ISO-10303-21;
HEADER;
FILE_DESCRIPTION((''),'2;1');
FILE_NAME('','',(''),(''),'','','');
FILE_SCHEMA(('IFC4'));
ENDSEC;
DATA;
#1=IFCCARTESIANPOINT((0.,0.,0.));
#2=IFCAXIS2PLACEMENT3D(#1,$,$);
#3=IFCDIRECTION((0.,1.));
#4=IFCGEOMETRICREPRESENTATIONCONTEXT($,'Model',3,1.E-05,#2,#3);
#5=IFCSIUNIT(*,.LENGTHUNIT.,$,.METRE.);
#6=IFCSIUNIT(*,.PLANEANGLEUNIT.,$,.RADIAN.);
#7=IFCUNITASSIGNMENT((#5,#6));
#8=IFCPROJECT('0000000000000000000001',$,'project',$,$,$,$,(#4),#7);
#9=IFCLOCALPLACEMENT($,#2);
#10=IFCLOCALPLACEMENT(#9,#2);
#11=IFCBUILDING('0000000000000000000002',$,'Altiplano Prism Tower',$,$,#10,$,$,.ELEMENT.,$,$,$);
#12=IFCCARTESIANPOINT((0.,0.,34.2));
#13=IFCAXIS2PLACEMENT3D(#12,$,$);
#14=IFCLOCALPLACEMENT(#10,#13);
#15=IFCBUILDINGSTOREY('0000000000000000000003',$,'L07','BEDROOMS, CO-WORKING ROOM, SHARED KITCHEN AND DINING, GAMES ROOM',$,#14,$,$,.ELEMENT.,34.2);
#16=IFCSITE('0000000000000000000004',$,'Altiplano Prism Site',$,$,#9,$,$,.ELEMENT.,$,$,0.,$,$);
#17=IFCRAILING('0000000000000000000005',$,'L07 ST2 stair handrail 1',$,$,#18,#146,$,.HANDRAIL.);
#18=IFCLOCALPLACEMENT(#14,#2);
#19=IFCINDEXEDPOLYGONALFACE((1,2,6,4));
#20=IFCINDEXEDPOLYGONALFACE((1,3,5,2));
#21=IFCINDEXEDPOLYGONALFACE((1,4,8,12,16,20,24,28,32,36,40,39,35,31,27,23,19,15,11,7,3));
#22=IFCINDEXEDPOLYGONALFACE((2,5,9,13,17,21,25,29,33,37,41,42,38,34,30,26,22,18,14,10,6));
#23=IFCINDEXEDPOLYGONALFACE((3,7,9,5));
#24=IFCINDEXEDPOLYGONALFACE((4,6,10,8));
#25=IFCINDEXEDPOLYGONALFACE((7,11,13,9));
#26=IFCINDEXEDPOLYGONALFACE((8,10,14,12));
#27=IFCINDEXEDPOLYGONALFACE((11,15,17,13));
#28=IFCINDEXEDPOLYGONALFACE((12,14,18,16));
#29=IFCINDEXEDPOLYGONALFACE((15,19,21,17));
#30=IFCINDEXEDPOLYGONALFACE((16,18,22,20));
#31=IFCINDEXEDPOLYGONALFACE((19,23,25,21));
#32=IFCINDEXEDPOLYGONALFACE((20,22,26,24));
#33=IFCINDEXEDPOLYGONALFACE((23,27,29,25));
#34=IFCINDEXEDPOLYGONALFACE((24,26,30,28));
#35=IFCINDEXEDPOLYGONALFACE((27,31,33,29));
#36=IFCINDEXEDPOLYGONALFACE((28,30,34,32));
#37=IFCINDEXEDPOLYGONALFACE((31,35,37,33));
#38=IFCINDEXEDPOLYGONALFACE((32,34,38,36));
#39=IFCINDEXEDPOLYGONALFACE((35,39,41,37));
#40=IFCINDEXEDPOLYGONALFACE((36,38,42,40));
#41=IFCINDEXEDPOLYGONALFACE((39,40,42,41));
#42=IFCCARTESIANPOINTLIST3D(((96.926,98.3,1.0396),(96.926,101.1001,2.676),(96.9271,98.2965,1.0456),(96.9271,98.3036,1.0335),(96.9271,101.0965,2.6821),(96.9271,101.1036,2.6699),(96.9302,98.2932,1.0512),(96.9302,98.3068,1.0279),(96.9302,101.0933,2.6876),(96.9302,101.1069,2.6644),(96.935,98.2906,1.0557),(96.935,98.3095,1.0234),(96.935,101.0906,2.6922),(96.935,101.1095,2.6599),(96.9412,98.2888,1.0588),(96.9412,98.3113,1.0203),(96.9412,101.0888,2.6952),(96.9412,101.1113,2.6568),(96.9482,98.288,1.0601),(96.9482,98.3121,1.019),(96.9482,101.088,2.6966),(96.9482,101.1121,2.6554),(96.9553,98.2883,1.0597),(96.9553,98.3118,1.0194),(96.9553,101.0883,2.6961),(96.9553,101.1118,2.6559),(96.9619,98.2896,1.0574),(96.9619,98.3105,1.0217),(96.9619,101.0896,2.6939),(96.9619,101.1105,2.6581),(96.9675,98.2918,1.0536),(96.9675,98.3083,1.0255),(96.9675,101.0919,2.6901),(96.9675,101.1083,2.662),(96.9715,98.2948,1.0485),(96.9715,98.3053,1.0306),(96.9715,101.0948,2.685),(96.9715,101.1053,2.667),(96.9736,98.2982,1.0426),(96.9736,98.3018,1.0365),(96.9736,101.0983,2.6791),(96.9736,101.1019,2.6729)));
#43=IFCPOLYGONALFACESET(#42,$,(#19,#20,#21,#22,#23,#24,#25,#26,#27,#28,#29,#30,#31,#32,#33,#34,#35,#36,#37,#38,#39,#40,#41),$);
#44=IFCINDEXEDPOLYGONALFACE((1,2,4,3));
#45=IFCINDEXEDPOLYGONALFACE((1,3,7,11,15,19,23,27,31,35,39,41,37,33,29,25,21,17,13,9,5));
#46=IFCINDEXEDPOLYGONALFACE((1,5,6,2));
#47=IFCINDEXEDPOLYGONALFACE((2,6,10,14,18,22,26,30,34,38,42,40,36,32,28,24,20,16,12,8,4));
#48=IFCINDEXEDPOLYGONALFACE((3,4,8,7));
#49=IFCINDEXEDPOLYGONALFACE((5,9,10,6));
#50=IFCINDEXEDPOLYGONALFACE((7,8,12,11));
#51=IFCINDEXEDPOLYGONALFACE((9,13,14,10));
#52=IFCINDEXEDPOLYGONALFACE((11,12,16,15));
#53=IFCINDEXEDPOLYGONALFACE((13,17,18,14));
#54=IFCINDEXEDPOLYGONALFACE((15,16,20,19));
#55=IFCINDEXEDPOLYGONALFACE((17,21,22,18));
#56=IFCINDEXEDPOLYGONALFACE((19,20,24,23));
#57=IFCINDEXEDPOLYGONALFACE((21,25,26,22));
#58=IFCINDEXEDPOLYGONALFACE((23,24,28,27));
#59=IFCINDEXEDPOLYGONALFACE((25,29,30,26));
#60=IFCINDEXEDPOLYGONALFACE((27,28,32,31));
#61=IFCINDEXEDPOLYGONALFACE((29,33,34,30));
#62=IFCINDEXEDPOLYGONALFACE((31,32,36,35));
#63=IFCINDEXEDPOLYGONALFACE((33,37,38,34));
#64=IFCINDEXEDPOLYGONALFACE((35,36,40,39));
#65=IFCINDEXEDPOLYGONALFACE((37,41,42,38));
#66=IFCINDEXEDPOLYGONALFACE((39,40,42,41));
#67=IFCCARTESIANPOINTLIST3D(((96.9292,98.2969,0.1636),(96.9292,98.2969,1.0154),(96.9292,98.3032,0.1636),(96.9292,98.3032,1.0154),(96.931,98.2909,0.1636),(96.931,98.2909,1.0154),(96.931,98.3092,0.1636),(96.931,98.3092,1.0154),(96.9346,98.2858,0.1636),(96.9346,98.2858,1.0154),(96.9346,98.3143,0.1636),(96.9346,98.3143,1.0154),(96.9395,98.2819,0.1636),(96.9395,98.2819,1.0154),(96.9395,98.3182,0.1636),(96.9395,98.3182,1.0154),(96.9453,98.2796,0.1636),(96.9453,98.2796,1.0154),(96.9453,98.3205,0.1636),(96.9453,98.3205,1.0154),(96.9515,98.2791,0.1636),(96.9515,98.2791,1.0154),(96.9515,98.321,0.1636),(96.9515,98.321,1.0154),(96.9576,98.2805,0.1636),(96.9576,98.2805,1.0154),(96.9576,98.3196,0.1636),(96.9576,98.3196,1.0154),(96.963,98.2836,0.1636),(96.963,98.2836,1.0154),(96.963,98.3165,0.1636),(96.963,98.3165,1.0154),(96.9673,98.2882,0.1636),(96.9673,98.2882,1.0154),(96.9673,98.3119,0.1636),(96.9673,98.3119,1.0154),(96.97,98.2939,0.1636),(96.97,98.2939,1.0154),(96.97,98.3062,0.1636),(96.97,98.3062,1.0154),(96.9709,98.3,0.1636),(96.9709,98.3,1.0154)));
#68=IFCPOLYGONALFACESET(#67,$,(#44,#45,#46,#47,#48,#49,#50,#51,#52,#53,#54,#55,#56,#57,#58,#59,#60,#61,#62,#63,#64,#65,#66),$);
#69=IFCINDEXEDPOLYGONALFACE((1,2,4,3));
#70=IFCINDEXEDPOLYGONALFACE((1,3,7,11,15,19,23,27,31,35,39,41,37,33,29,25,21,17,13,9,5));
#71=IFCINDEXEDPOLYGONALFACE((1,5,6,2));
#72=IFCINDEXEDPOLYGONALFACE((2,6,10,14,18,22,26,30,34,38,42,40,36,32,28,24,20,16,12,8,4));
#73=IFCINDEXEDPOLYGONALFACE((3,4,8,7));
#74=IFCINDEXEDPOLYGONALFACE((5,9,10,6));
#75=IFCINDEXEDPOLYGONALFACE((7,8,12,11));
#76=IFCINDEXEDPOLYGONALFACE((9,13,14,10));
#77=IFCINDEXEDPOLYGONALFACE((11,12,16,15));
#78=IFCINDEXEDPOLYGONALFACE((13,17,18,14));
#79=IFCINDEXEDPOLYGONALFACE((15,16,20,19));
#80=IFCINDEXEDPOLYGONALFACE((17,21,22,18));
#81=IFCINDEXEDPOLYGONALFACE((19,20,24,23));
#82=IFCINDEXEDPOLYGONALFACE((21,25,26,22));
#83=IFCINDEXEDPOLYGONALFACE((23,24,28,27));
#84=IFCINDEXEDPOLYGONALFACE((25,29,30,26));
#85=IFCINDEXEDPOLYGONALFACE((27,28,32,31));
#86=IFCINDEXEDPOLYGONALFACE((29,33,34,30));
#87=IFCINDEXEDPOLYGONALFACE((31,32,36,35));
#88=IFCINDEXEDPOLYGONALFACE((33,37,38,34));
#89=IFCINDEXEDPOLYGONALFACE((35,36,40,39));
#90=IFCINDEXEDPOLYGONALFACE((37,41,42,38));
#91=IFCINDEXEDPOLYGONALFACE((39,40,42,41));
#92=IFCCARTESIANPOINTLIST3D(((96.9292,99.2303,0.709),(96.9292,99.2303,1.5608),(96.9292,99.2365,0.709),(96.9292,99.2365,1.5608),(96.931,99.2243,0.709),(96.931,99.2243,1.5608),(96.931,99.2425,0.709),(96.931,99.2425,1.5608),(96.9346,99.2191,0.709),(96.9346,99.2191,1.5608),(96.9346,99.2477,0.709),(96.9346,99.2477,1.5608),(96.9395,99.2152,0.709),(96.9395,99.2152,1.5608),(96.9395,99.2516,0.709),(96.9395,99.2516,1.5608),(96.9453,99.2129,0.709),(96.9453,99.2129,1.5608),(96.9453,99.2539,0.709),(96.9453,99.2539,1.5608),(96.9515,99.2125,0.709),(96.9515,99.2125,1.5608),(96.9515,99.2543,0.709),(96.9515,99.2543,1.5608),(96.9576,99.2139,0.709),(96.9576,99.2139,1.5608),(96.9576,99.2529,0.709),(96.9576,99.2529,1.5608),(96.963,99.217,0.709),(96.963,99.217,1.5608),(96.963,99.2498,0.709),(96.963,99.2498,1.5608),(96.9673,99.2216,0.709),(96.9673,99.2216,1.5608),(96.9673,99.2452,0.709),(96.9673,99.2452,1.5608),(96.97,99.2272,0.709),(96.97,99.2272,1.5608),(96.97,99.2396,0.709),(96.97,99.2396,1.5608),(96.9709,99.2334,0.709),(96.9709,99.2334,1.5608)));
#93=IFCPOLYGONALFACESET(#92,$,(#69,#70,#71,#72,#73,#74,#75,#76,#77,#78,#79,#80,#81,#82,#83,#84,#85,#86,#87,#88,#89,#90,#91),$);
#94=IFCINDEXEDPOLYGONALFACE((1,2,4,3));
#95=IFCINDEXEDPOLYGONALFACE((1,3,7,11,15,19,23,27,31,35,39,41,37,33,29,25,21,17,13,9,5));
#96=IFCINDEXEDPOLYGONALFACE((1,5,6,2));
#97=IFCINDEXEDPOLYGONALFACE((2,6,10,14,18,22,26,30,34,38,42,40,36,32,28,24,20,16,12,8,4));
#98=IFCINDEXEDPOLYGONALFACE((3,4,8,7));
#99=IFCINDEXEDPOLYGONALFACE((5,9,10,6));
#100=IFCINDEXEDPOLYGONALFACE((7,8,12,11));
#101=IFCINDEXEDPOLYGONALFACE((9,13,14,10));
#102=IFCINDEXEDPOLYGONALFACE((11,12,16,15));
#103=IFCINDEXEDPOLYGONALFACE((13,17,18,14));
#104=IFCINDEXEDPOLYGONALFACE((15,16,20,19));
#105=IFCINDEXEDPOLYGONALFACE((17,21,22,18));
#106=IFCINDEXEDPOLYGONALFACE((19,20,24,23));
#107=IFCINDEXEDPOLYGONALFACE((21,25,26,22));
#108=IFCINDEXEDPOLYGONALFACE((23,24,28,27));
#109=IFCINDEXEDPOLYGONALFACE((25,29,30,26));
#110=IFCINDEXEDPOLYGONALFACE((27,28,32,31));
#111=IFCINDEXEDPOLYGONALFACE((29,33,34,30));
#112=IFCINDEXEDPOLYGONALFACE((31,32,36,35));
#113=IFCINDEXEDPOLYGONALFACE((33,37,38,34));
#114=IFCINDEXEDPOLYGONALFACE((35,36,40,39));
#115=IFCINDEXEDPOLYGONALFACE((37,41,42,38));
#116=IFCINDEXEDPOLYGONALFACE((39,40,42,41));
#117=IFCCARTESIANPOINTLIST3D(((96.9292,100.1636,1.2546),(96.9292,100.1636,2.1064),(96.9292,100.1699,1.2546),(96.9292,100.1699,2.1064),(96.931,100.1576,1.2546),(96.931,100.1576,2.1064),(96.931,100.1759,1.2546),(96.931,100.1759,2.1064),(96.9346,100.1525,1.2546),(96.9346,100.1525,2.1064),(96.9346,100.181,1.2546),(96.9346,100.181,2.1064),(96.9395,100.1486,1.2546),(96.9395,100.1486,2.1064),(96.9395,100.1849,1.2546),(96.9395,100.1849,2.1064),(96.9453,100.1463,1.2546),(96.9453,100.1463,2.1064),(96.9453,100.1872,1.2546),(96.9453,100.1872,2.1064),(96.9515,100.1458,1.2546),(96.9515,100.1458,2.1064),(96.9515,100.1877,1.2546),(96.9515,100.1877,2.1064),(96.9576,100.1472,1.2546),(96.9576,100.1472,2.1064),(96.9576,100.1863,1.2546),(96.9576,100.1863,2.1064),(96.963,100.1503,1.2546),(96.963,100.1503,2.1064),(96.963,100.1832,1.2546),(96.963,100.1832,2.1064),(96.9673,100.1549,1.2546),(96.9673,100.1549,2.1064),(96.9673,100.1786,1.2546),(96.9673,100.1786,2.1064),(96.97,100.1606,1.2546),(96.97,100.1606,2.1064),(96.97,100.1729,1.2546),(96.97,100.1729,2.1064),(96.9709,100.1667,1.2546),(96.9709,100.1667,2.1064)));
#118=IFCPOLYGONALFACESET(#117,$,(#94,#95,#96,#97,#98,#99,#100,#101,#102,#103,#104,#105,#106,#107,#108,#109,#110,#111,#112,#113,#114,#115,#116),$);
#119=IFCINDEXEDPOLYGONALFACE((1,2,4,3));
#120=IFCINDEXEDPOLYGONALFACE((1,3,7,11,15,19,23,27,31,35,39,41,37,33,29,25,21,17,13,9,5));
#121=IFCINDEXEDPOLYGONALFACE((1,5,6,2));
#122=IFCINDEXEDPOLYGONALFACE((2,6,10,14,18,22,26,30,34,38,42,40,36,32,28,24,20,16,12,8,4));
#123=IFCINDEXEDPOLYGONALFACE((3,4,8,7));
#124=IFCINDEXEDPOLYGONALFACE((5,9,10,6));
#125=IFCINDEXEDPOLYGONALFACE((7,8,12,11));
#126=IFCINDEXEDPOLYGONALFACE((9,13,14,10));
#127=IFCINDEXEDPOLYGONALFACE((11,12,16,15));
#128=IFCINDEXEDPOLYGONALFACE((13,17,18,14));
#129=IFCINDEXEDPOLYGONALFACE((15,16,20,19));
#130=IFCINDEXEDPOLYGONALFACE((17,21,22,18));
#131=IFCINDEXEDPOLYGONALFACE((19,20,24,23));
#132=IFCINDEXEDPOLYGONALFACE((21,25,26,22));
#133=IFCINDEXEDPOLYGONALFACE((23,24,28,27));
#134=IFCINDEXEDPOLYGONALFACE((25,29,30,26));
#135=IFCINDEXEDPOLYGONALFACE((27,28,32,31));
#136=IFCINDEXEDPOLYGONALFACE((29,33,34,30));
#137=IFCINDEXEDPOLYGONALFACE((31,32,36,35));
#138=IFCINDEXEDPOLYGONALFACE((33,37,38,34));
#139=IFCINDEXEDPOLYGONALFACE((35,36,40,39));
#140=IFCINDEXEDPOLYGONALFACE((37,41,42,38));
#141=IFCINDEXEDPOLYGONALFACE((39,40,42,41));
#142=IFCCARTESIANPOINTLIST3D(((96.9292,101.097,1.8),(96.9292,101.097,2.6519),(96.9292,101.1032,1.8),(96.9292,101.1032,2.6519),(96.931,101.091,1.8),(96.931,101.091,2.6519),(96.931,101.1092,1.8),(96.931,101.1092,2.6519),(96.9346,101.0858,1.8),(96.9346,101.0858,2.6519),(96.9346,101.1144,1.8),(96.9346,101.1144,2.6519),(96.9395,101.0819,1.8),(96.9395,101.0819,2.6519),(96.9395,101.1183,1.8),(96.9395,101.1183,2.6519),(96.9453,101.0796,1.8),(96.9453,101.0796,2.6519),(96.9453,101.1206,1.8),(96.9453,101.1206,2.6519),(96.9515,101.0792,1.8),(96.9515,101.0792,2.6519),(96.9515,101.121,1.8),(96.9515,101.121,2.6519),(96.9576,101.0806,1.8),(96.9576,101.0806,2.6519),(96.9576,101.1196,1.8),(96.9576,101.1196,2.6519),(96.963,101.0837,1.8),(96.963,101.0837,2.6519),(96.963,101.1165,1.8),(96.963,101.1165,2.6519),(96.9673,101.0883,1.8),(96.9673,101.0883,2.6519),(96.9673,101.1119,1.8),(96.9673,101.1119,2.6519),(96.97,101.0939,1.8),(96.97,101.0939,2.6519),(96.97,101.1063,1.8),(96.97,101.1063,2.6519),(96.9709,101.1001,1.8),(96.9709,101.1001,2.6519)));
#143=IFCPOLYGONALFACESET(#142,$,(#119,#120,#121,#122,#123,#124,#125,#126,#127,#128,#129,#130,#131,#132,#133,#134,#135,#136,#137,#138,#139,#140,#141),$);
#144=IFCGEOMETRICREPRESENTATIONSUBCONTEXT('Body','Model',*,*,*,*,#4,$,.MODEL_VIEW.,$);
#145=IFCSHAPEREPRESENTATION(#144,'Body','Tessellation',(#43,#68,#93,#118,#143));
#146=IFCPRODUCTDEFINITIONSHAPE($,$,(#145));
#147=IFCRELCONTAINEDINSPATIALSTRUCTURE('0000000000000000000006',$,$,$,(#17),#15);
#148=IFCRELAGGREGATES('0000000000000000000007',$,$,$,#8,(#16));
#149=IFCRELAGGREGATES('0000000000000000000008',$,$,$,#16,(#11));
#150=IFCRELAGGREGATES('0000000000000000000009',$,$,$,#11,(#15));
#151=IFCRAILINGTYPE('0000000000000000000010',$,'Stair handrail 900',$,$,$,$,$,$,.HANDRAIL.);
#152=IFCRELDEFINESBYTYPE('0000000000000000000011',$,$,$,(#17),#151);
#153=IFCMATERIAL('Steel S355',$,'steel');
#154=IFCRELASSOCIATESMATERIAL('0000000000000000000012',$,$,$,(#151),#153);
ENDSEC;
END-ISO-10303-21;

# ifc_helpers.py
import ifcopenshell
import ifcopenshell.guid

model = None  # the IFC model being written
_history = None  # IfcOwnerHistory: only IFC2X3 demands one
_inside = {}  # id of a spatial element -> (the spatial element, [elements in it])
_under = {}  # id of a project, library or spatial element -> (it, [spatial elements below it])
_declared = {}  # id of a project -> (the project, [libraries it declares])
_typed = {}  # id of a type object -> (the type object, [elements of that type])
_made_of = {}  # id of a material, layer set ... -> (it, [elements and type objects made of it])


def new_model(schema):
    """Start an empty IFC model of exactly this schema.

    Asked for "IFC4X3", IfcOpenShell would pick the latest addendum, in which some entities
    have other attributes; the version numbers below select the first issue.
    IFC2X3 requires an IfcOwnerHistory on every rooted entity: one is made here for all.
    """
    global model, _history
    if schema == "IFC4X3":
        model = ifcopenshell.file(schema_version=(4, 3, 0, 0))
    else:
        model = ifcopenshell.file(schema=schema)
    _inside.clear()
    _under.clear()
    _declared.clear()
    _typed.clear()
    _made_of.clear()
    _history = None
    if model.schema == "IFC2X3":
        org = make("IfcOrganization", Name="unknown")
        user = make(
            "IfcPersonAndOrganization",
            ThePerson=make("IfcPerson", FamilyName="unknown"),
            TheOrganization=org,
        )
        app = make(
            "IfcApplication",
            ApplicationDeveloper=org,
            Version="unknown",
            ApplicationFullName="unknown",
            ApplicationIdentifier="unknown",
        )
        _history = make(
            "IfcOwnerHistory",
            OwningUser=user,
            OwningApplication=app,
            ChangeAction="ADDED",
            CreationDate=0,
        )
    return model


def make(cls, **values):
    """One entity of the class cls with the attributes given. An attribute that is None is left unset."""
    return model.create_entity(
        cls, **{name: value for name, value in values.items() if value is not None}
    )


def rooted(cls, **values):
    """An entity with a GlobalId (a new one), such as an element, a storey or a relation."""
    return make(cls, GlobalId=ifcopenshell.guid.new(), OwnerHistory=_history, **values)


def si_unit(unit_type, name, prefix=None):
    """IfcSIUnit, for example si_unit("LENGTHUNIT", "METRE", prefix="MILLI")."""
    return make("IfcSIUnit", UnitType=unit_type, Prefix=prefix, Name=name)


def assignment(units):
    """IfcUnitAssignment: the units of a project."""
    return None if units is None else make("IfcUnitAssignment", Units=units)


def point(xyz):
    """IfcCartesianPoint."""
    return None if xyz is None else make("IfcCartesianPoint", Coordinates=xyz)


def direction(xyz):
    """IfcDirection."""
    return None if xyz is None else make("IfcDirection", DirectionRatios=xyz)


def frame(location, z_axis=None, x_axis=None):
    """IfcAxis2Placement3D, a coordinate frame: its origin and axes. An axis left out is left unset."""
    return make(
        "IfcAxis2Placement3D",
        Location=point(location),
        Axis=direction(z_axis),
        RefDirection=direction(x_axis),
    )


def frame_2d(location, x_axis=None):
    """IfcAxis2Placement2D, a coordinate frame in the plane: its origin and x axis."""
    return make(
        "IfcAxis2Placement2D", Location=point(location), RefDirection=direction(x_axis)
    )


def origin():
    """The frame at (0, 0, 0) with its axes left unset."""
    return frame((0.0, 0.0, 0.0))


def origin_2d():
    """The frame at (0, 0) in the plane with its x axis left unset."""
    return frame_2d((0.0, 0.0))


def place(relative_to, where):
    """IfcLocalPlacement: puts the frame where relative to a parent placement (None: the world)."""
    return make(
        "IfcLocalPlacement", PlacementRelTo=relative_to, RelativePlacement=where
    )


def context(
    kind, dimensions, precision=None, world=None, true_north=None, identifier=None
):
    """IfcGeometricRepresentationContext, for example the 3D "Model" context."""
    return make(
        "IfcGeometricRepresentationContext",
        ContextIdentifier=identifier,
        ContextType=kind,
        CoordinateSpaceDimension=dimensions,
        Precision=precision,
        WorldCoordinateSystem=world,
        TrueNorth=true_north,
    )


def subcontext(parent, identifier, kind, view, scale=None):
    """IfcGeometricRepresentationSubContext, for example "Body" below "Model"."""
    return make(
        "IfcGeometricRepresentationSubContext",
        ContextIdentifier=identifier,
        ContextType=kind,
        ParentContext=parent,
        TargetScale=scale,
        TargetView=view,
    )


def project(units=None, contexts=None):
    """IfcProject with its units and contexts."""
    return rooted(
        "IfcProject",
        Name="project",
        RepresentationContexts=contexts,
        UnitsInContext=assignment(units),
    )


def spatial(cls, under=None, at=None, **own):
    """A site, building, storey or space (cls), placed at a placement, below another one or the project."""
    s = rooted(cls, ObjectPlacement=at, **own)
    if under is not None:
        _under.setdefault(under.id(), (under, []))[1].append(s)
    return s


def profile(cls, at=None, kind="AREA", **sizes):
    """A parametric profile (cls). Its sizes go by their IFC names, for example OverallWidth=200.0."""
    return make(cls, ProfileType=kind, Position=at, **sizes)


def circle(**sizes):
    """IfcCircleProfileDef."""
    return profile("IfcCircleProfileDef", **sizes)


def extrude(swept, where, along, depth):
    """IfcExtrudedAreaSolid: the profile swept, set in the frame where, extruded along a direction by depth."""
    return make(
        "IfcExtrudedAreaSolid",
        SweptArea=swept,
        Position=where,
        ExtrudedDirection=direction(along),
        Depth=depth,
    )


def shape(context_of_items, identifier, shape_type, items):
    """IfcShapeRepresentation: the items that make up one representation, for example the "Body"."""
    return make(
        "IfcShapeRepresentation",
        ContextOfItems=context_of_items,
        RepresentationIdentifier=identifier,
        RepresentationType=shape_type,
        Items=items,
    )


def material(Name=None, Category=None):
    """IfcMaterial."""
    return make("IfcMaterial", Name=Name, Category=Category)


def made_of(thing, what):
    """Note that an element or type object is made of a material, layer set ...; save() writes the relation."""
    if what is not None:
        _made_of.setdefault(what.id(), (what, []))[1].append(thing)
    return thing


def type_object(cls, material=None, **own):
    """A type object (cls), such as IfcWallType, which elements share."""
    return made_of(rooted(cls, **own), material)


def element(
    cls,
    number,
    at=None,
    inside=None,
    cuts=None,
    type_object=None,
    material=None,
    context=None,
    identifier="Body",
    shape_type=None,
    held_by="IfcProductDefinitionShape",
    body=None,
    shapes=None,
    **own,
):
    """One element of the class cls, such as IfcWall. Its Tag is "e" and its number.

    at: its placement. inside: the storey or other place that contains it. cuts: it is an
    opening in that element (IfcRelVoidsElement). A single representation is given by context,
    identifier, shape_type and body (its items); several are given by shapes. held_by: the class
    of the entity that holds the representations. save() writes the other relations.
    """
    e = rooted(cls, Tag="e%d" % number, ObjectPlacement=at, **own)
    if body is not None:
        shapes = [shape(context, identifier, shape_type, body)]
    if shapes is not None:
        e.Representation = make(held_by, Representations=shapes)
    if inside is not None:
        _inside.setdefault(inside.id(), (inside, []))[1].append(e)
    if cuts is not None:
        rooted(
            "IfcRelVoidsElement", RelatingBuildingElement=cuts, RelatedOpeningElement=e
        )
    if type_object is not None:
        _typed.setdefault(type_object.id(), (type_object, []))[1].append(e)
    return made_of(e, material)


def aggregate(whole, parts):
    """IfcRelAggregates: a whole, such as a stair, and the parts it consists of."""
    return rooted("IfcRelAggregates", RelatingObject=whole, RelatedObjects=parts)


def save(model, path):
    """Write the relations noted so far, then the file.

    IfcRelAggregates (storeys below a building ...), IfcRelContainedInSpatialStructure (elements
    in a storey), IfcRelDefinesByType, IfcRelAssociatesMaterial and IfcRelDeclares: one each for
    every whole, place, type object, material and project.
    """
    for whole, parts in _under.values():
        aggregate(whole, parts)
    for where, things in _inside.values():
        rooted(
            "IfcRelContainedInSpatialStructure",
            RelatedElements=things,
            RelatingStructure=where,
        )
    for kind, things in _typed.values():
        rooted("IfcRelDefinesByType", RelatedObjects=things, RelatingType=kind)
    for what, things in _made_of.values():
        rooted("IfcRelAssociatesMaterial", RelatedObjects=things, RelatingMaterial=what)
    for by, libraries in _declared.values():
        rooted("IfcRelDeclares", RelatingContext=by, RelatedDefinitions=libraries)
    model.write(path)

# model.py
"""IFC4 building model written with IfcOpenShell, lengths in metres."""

from ifc_helpers import new_model, si_unit, direction, frame, origin, origin_2d, place, context, subcontext, project, spatial, circle, extrude, material, type_object, element, save


model = new_model("IFC4")

# Units and contexts
model_context = context("Model", 3, precision=1e-05, world=origin(), true_north=direction((0.0, 1.0)))
body_context = subcontext(model_context, "Body", "Model", "MODEL_VIEW")
ifc_project = project(units=[si_unit("LENGTHUNIT", "METRE"), si_unit("PLANEANGLEUNIT", "RADIAN")], contexts=[model_context])

# Site, building, storey
site_placement = place(None, origin())
site = spatial("IfcSite", under=ifc_project, at=site_placement, Name="Altiplano Prism Site", CompositionType="ELEMENT", RefElevation=0.0)
building_placement = place(site_placement, origin())
building = spatial("IfcBuilding", under=site, at=building_placement, Name="Altiplano Prism Tower", CompositionType="ELEMENT")
storey_placement = place(building_placement, frame((0.0, 0.0, 34.2)))
storey = spatial("IfcBuildingStorey", under=building, at=storey_placement, Name="L07", Description="BEDROOMS, CO-WORKING ROOM, SHARED KITCHEN AND DINING, GAMES ROOM", CompositionType="ELEMENT", Elevation=34.2)

# Railing
ifc_material_1 = material(Name="Steel S355", Category="steel")
railing_type = type_object("IfcRailingType", Name="Stair handrail 900", PredefinedType="HANDRAIL", material=ifc_material_1)
railing_placement = place(storey_placement, frame((96.95, 98.3, 0.1636)))
element("IfcRailing", 1, at=railing_placement, inside=storey, type_object=railing_type, Name="L07 ST2 stair handrail 1", PredefinedType="HANDRAIL", context=body_context, shape_type="SweptSolid", body=[
    extrude(circle(Radius=0.0239, at=origin_2d()), frame((0.0, 0.0, 0.876), z_axis=(0.0, 0.863361, 0.504587), x_axis=(-1.0, 0.0, 0.0)), (0.0, 0.0, 1.0), 3.2432),
    extrude(circle(Radius=0.021, at=origin_2d()), origin(), (0.0, 0.0, 1.0), 0.8518),
    extrude(circle(Radius=0.021, at=origin_2d()), frame((0.0, 0.9333, 0.5454)), (0.0, 0.0, 1.0), 0.8518),
    extrude(circle(Radius=0.021, at=origin_2d()), frame((0.0, 1.8667, 1.0911)), (0.0, 0.0, 1.0), 0.8518),
    extrude(circle(Radius=0.021, at=origin_2d()), frame((0.0, 2.8, 1.6365)), (0.0, 0.0, 1.0), 0.8518),
])

save(model, "model.ifc")
